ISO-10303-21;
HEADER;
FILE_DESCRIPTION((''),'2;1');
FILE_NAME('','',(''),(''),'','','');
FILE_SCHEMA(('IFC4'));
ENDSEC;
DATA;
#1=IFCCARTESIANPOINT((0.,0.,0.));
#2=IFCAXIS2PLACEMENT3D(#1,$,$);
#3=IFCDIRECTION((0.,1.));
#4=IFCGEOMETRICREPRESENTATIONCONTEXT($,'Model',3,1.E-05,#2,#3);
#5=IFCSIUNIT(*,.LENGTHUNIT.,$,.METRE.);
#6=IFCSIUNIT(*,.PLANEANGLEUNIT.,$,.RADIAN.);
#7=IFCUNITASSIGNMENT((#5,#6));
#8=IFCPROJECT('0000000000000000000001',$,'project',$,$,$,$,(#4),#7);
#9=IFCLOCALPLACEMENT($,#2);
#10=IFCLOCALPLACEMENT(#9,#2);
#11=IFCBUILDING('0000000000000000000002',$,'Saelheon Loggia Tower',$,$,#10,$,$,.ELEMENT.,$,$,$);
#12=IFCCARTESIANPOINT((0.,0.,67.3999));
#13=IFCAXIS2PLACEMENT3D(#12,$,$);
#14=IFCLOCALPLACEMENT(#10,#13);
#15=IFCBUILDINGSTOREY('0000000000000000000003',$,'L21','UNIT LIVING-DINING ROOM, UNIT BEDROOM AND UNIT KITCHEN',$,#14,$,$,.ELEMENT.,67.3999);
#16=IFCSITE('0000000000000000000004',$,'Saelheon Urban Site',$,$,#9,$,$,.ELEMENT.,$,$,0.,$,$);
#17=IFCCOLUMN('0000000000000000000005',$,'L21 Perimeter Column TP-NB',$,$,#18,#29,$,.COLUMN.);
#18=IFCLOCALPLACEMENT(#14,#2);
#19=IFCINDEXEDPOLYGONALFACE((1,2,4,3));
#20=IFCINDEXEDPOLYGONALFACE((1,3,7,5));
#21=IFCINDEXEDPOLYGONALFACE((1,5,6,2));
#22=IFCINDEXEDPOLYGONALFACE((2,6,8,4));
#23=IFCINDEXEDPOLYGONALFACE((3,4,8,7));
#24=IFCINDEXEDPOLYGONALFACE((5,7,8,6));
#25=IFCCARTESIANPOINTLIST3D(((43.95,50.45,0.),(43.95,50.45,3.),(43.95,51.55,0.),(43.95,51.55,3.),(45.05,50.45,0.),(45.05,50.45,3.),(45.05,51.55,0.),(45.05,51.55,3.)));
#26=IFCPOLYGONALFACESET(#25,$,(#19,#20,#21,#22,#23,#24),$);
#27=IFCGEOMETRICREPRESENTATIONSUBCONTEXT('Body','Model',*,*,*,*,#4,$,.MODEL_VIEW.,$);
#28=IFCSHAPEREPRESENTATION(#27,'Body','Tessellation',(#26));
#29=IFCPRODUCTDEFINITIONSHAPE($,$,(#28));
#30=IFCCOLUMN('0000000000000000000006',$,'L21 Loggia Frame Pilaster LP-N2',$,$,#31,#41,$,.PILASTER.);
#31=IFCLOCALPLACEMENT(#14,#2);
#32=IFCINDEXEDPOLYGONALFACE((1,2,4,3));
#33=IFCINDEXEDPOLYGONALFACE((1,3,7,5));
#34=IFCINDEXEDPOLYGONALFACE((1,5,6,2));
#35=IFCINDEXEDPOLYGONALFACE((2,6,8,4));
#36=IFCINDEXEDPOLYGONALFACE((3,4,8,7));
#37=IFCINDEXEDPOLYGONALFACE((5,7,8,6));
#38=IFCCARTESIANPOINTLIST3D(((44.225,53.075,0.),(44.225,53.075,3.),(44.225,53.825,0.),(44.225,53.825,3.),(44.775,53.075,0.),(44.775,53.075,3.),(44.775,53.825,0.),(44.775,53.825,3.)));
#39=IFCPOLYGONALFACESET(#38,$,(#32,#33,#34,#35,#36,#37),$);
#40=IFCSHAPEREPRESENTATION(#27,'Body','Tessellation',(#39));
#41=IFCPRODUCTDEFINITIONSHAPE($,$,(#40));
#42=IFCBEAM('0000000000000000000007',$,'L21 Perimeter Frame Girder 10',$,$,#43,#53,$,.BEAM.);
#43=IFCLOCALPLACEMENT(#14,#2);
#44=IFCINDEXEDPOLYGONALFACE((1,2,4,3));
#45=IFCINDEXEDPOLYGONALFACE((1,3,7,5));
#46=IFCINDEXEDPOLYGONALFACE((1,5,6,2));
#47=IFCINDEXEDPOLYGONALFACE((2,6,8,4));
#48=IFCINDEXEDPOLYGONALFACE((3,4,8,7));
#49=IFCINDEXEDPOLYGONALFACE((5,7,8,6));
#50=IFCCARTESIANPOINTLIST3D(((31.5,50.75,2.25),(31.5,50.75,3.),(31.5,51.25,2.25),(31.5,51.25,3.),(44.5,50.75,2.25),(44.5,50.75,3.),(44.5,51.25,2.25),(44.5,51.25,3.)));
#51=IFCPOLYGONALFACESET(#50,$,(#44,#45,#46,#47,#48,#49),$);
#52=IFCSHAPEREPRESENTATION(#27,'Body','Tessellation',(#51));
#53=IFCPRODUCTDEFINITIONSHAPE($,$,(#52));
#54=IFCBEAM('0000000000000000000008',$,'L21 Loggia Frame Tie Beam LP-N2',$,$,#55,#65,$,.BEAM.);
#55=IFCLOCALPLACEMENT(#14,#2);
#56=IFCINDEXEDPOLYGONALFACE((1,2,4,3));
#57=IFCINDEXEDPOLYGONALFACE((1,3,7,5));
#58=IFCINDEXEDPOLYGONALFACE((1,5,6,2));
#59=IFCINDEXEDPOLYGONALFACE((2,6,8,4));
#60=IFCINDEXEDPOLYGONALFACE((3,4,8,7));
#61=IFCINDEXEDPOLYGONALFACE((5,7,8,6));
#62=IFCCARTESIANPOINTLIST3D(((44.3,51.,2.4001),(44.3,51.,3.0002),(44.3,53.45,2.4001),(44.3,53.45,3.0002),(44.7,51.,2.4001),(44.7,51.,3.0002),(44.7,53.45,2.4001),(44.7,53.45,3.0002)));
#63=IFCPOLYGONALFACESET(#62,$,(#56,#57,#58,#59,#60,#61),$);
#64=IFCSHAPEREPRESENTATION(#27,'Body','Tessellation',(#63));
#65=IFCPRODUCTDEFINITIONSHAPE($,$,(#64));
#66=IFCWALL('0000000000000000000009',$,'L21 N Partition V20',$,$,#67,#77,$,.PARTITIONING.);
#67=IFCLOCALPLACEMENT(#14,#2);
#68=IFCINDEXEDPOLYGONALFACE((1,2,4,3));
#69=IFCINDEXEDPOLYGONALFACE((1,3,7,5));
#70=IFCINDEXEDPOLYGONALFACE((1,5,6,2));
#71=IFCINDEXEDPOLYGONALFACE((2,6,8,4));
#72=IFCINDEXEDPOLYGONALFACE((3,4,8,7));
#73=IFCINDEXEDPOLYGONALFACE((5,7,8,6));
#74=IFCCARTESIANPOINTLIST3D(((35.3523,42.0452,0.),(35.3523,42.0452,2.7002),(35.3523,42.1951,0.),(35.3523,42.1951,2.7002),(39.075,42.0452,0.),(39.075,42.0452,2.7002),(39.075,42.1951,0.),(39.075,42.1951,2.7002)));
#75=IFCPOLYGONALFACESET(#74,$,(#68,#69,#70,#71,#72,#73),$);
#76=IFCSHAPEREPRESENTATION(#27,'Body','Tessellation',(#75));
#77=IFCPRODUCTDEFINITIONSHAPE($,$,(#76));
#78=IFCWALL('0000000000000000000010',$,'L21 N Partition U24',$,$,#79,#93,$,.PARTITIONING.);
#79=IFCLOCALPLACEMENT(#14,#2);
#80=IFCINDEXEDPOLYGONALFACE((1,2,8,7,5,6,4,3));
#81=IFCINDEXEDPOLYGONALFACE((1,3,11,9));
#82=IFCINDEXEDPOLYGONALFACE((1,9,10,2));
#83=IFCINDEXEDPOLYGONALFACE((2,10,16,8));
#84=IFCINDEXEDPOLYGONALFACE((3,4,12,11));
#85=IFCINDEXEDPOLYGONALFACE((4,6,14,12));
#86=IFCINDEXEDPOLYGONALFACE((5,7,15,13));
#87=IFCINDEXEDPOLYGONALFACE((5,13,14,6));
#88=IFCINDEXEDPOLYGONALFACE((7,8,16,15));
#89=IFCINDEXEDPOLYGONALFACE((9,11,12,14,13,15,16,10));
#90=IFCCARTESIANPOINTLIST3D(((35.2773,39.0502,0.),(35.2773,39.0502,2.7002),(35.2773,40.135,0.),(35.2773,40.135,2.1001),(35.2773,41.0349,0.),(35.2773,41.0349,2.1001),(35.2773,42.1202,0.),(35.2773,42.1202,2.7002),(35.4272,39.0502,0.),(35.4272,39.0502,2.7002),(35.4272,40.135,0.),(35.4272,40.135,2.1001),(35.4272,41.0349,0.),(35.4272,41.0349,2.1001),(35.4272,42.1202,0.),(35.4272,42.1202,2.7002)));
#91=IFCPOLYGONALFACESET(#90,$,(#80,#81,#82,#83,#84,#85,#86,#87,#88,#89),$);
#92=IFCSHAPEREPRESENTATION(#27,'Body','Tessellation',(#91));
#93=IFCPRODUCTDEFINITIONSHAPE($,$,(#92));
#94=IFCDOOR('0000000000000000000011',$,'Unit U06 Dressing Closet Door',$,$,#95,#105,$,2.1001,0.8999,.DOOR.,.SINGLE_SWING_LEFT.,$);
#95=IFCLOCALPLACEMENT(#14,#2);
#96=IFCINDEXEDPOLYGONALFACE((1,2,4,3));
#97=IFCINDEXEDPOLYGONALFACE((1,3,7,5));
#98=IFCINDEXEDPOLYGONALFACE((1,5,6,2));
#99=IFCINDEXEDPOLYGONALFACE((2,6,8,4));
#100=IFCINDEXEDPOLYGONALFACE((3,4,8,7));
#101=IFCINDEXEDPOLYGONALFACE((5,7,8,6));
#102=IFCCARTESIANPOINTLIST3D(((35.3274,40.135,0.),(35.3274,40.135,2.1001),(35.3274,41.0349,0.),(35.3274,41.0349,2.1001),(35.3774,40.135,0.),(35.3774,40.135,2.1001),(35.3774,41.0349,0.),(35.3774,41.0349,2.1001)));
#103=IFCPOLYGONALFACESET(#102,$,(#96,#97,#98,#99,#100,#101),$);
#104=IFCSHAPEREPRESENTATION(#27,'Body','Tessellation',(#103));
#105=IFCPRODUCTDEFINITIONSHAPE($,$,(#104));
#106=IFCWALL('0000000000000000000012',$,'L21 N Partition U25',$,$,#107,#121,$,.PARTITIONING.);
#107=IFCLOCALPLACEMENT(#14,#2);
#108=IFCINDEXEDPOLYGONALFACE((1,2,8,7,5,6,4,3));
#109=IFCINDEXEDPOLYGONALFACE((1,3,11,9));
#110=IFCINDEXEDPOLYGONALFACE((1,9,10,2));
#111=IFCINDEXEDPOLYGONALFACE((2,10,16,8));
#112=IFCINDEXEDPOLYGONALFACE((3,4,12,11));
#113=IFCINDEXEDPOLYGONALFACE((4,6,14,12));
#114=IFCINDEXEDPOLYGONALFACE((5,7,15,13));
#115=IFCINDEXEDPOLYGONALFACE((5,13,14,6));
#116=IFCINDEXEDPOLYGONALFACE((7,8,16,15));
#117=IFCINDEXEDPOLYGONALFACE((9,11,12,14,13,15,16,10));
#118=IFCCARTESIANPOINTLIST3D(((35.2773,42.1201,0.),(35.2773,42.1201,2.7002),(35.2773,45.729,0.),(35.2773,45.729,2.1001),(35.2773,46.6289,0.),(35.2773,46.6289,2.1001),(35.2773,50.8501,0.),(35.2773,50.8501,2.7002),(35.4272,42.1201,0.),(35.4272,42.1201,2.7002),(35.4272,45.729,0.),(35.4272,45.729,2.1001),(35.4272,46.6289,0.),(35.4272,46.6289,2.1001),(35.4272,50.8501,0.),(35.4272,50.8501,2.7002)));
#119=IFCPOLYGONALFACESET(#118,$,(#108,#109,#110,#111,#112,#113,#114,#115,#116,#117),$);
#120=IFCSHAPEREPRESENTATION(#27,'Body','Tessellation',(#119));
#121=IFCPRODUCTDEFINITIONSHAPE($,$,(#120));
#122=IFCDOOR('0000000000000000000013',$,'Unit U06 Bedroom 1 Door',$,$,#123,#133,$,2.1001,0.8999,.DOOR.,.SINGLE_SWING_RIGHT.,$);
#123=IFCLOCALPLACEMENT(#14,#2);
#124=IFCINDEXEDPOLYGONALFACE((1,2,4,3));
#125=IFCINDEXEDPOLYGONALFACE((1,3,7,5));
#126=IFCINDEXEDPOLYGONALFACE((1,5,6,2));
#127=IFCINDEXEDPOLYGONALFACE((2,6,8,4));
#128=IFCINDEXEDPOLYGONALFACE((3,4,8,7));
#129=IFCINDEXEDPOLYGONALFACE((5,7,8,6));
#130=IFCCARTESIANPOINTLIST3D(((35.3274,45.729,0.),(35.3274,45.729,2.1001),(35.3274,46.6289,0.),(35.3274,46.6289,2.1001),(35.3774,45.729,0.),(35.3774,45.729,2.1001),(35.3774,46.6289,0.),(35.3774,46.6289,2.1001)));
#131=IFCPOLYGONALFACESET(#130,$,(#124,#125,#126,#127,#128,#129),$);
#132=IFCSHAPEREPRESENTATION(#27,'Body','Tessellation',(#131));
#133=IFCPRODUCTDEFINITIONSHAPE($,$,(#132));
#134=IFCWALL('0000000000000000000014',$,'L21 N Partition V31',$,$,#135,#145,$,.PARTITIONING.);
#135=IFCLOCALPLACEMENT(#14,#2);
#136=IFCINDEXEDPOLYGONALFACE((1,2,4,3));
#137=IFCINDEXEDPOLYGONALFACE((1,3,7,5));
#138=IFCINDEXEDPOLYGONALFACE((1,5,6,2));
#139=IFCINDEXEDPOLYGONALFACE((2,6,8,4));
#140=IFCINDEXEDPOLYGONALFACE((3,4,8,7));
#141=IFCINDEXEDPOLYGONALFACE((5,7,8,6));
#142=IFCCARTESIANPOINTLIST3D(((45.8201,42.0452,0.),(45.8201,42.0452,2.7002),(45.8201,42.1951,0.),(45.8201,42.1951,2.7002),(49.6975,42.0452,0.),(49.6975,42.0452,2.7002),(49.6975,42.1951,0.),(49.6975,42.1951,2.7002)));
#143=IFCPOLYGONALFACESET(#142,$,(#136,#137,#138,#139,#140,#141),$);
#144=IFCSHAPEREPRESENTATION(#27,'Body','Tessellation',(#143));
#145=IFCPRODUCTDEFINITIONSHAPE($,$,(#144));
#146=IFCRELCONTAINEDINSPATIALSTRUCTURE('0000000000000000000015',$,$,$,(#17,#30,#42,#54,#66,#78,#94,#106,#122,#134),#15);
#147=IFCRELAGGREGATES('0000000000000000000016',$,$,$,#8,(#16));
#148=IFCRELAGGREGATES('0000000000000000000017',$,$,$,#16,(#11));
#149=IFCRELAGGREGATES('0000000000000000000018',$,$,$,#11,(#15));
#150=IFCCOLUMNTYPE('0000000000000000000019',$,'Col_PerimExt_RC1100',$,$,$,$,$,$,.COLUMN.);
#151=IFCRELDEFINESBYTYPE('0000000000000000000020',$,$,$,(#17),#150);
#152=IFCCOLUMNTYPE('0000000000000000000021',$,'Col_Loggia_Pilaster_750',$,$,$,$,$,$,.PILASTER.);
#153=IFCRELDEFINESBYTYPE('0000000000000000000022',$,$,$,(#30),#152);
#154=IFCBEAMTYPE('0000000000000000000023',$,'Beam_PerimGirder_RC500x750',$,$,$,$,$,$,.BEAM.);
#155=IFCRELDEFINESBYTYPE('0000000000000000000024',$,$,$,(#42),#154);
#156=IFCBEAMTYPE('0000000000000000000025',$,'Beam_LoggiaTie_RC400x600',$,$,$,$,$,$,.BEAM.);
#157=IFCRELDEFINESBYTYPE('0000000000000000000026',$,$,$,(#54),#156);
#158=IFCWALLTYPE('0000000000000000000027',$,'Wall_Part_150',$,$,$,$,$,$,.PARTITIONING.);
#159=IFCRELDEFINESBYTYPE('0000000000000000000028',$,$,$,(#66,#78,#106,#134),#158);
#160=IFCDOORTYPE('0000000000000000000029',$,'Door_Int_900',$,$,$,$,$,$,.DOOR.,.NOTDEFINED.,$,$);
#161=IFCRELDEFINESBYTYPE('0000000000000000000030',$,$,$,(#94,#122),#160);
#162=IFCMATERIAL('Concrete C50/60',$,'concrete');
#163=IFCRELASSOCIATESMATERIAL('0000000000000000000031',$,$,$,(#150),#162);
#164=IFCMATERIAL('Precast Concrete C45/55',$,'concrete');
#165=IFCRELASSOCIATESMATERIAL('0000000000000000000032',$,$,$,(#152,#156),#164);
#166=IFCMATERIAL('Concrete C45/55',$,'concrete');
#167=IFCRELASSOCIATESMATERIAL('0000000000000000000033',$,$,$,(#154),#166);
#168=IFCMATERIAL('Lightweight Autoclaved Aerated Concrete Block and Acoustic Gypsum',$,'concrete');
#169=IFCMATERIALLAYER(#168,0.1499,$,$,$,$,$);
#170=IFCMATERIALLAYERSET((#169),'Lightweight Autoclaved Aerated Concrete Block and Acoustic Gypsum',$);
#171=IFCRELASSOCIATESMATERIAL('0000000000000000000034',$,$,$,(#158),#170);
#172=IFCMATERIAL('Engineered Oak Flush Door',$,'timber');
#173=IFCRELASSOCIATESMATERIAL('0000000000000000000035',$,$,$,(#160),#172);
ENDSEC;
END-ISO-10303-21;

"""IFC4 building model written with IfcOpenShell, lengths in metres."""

from ifc_helpers import new_model, si_unit, direction, frame, frame_2d, origin, origin_2d, place, context, subcontext, project, spatial, rectangle, extrude, source, transform, mapped, material, layer, layer_set, material_profile, profile_set, type_object, element, fill, save


model = new_model("IFC4")

# Units and contexts
model_context = context("Model", 3, precision=1e-05, world=origin(), true_north=direction((0.0, 1.0)))
body_context = subcontext(model_context, "Body", "Model", "MODEL_VIEW")
ifc_project = project(units=[si_unit("LENGTHUNIT", "METRE"), si_unit("PLANEANGLEUNIT", "RADIAN")], contexts=[model_context])

# Site, building, storey
site_placement = place(None, origin())
site = spatial("IfcSite", under=ifc_project, at=site_placement, Name="Saelheon Urban Site", CompositionType="ELEMENT", RefElevation=0.0)
building_placement = place(site_placement, origin())
building = spatial("IfcBuilding", under=site, at=building_placement, Name="Saelheon Loggia Tower", CompositionType="ELEMENT")
storey_placement = place(building_placement, frame((0.0, 0.0, 67.3999)))
storey = spatial("IfcBuildingStorey", under=building, at=storey_placement, Name="L21", Description="UNIT LIVING-DINING ROOM, UNIT BEDROOM AND UNIT KITCHEN", CompositionType="ELEMENT", Elevation=67.3999)

# Columns
ifc_material_1 = material(Name="Concrete C50/60", Category="concrete")
ifc_material_profile_1 = material_profile(ifc_material_1, rectangle(XDim=1.1001, YDim=1.1001, at=origin_2d()), Name="RC-1100x1100")
ifc_profile_set_1 = profile_set([ifc_material_profile_1], Name="Concrete C50/60")
column_type_1 = type_object("IfcColumnType", Name="Col_PerimExt_RC1100", PredefinedType="COLUMN", material=ifc_profile_set_1)
shared_shape_1 = source(origin(), body_context, "Body", "SweptSolid", [
    extrude(rectangle(XDim=1.1001, YDim=1.1001, at=origin_2d()), origin(), (0.0, 0.0, 1.0), 3.0),
])
column_1_placement = place(storey_placement, frame((44.5, 51.0, 0.0), z_axis=(0.0, 0.0, 1.0), x_axis=(1.0, 0.0, 0.0)))
element("IfcColumn", 1, at=column_1_placement, inside=storey, type_object=column_type_1, Name="L21 Perimeter Column TP-NB", PredefinedType="COLUMN", context=body_context, shape_type="MappedRepresentation", body=[
    mapped(shared_shape_1, transform((0.0, 0.0, 0.0), scale=1.0)),
])
ifc_material_2 = material(Name="Precast Concrete C45/55", Category="concrete")
ifc_material_profile_2 = material_profile(ifc_material_2, rectangle(XDim=0.55, YDim=0.75, at=origin_2d()), Name="RC-550x750")
ifc_profile_set_2 = profile_set([ifc_material_profile_2], Name="Precast Concrete C45/55")
column_type_2 = type_object("IfcColumnType", Name="Col_Loggia_Pilaster_750", PredefinedType="PILASTER", material=ifc_profile_set_2)
shared_shape_2 = source(origin(), body_context, "Body", "SweptSolid", [
    extrude(rectangle(XDim=0.55, YDim=0.75, at=origin_2d()), origin(), (0.0, 0.0, 1.0), 3.0),
])
column_2_placement = place(storey_placement, frame((44.5, 53.45, 0.0), z_axis=(0.0, 0.0, 1.0), x_axis=(1.0, 0.0, 0.0)))
element("IfcColumn", 2, at=column_2_placement, inside=storey, type_object=column_type_2, Name="L21 Loggia Frame Pilaster LP-N2", PredefinedType="PILASTER", context=body_context, shape_type="MappedRepresentation", body=[
    mapped(shared_shape_2, transform((0.0, 0.0, 0.0), scale=1.0)),
])

# Beams
ifc_material_3 = material(Name="Concrete C45/55", Category="concrete")
ifc_material_profile_3 = material_profile(ifc_material_3, rectangle(XDim=0.5, YDim=0.75, at=origin_2d()), Name="RC-500x750")
ifc_profile_set_3 = profile_set([ifc_material_profile_3], Name="Concrete C45/55")
beam_type_1 = type_object("IfcBeamType", Name="Beam_PerimGirder_RC500x750", PredefinedType="BEAM", material=ifc_profile_set_3)
shared_shape_3 = source(origin(), body_context, "Body", "SweptSolid", [
    extrude(rectangle(XDim=0.5, YDim=0.75, at=origin_2d()), origin(), (0.0, 0.0, 1.0), 13.0),
])
beam_1_placement = place(storey_placement, frame((44.5, 51.0, 2.625), z_axis=(-1.0, 0.0, 0.0), x_axis=(0.0, -1.0, 0.0)))
element("IfcBeam", 3, at=beam_1_placement, inside=storey, type_object=beam_type_1, Name="L21 Perimeter Frame Girder 10", PredefinedType="BEAM", context=body_context, shape_type="MappedRepresentation", body=[
    mapped(shared_shape_3, transform((0.0, 0.0, 0.0), scale=1.0)),
])
ifc_material_profile_4 = material_profile(ifc_material_2, rectangle(XDim=0.3999, YDim=0.6001, at=origin_2d()), Name="RC-400x600")
ifc_profile_set_4 = profile_set([ifc_material_profile_4], Name="Precast Concrete C45/55")
beam_type_2 = type_object("IfcBeamType", Name="Beam_LoggiaTie_RC400x600", PredefinedType="BEAM", material=ifc_profile_set_4)
shared_shape_4 = source(origin(), body_context, "Body", "SweptSolid", [
    extrude(rectangle(XDim=0.3999, YDim=0.6001, at=origin_2d()), origin(), (0.0, 0.0, 1.0), 2.45),
])
beam_2_placement = place(storey_placement, frame((44.5, 51.0, 2.7002), z_axis=(0.0, 1.0, 0.0), x_axis=(-1.0, 0.0, 0.0)))
element("IfcBeam", 4, at=beam_2_placement, inside=storey, type_object=beam_type_2, Name="L21 Loggia Frame Tie Beam LP-N2", PredefinedType="BEAM", context=body_context, shape_type="MappedRepresentation", body=[
    mapped(shared_shape_4, transform((0.0, 0.0, 0.0), scale=1.0)),
])

# Wall
ifc_material_4 = material(Name="Lightweight Autoclaved Aerated Concrete Block and Acoustic Gypsum", Category="concrete")
ifc_layer_1 = layer(ifc_material_4, 0.1499)
ifc_layer_set_1 = layer_set([ifc_layer_1], Name="Lightweight Autoclaved Aerated Concrete Block and Acoustic Gypsum")
wall_type_1 = type_object("IfcWallType", Name="Wall_Part_150", PredefinedType="PARTITIONING", material=ifc_layer_set_1)
wall_1_placement = place(storey_placement, frame((35.3523, 42.1201, 0.0), z_axis=(0.0, 0.0, 1.0), x_axis=(1.0, 0.0, 0.0)))
element("IfcWall", 5, at=wall_1_placement, inside=storey, type_object=wall_type_1, Name="L21 N Partition V20", PredefinedType="PARTITIONING", context=body_context, shape_type="SweptSolid", body=[
    extrude(rectangle(XDim=3.7227, YDim=0.1499, at=frame_2d((1.8613, 0.0))), origin(), (0.0, 0.0, 1.0), 2.7002),
])

# Walls, openings, doors
wall_2_placement = place(storey_placement, frame((35.3523, 39.05, 0.0), z_axis=(0.0, 0.0, 1.0), x_axis=(0.0, 1.0, 0.0)))
wall_2 = element("IfcWall", 6, at=wall_2_placement, inside=storey, type_object=wall_type_1, Name="L21 N Partition U24", PredefinedType="PARTITIONING", context=body_context, shape_type="SweptSolid", body=[
    extrude(rectangle(XDim=3.0701, YDim=0.1499, at=frame_2d((1.5352, 0.0))), origin(), (0.0, 0.0, 1.0), 2.7002),
])
opening_1_placement = place(wall_2_placement, frame((1.085, 0.0, 0.0)))
opening_1 = element("IfcOpeningElement", 7, at=opening_1_placement, cuts=wall_2, PredefinedType="OPENING", context=body_context, shape_type="SweptSolid", body=[
    extrude(rectangle(XDim=0.8999, YDim=2.1001, at=frame_2d((0.45, 1.05))), frame((0.0, 0.0869, 0.0), z_axis=(0.0, -1.0, 0.0), x_axis=(1.0, 0.0, 0.0)), (0.0, 0.0, 1.0), 0.1738),
])
ifc_material_5 = material(Name="Engineered Oak Flush Door", Category="timber")
door_type_1 = type_object("IfcDoorType", Name="Door_Int_900", OperationType="NOTDEFINED", PredefinedType="DOOR", material=ifc_material_5)
shared_shape_5 = source(origin(), body_context, "Body", "SweptSolid", [
    extrude(rectangle(XDim=0.8999, YDim=2.1001, at=frame_2d((0.45, 1.05))), frame((0.0, 0.0249, 0.0), z_axis=(0.0, -1.0, 0.0), x_axis=(1.0, 0.0, 0.0)), (0.0, 0.0, 1.0), 0.05),
])
door_1_placement = place(opening_1_placement, origin())
door_1 = element("IfcDoor", 8, at=door_1_placement, inside=storey, type_object=door_type_1, Name="Unit U06 Dressing Closet Door", OperationType="SINGLE_SWING_LEFT", OverallHeight=2.1001, OverallWidth=0.8999, PredefinedType="DOOR", context=body_context, shape_type="MappedRepresentation", body=[
    mapped(shared_shape_5, transform((0.0, 0.0, 0.0), scale=1.0)),
])
fill(opening_1, door_1)
wall_3_placement = place(storey_placement, frame((35.3523, 42.1201, 0.0), z_axis=(0.0, 0.0, 1.0), x_axis=(0.0, 1.0, 0.0)))
wall_3 = element("IfcWall", 9, at=wall_3_placement, inside=storey, type_object=wall_type_1, Name="L21 N Partition U25", PredefinedType="PARTITIONING", context=body_context, shape_type="SweptSolid", body=[
    extrude(rectangle(XDim=8.73, YDim=0.1499, at=frame_2d((4.365, 0.0))), origin(), (0.0, 0.0, 1.0), 2.7002),
])
opening_2_placement = place(wall_3_placement, frame((3.6089, 0.0, 0.0)))
opening_2 = element("IfcOpeningElement", 10, at=opening_2_placement, cuts=wall_3, PredefinedType="OPENING", context=body_context, shape_type="SweptSolid", body=[
    extrude(rectangle(XDim=0.8999, YDim=2.1001, at=frame_2d((0.45, 1.05))), frame((0.0, 0.0869, 0.0), z_axis=(0.0, -1.0, 0.0), x_axis=(1.0, 0.0, 0.0)), (0.0, 0.0, 1.0), 0.1738),
])
door_2_placement = place(opening_2_placement, origin())
door_2 = element("IfcDoor", 11, at=door_2_placement, inside=storey, type_object=door_type_1, Name="Unit U06 Bedroom 1 Door", OperationType="SINGLE_SWING_RIGHT", OverallHeight=2.1001, OverallWidth=0.8999, PredefinedType="DOOR", context=body_context, shape_type="MappedRepresentation", body=[
    mapped(shared_shape_5, transform((0.0, 0.0, 0.0), scale=1.0)),
])
fill(opening_2, door_2)

# Wall
wall_4_placement = place(storey_placement, frame((45.8201, 42.1201, 0.0), z_axis=(0.0, 0.0, 1.0), x_axis=(1.0, 0.0, 0.0)))
element("IfcWall", 12, at=wall_4_placement, inside=storey, type_object=wall_type_1, Name="L21 N Partition V31", PredefinedType="PARTITIONING", context=body_context, shape_type="SweptSolid", body=[
    extrude(rectangle(XDim=3.8774, YDim=0.1499, at=frame_2d((1.9387, 0.0))), origin(), (0.0, 0.0, 1.0), 2.7002),
])

save(model, "model.ifc")
